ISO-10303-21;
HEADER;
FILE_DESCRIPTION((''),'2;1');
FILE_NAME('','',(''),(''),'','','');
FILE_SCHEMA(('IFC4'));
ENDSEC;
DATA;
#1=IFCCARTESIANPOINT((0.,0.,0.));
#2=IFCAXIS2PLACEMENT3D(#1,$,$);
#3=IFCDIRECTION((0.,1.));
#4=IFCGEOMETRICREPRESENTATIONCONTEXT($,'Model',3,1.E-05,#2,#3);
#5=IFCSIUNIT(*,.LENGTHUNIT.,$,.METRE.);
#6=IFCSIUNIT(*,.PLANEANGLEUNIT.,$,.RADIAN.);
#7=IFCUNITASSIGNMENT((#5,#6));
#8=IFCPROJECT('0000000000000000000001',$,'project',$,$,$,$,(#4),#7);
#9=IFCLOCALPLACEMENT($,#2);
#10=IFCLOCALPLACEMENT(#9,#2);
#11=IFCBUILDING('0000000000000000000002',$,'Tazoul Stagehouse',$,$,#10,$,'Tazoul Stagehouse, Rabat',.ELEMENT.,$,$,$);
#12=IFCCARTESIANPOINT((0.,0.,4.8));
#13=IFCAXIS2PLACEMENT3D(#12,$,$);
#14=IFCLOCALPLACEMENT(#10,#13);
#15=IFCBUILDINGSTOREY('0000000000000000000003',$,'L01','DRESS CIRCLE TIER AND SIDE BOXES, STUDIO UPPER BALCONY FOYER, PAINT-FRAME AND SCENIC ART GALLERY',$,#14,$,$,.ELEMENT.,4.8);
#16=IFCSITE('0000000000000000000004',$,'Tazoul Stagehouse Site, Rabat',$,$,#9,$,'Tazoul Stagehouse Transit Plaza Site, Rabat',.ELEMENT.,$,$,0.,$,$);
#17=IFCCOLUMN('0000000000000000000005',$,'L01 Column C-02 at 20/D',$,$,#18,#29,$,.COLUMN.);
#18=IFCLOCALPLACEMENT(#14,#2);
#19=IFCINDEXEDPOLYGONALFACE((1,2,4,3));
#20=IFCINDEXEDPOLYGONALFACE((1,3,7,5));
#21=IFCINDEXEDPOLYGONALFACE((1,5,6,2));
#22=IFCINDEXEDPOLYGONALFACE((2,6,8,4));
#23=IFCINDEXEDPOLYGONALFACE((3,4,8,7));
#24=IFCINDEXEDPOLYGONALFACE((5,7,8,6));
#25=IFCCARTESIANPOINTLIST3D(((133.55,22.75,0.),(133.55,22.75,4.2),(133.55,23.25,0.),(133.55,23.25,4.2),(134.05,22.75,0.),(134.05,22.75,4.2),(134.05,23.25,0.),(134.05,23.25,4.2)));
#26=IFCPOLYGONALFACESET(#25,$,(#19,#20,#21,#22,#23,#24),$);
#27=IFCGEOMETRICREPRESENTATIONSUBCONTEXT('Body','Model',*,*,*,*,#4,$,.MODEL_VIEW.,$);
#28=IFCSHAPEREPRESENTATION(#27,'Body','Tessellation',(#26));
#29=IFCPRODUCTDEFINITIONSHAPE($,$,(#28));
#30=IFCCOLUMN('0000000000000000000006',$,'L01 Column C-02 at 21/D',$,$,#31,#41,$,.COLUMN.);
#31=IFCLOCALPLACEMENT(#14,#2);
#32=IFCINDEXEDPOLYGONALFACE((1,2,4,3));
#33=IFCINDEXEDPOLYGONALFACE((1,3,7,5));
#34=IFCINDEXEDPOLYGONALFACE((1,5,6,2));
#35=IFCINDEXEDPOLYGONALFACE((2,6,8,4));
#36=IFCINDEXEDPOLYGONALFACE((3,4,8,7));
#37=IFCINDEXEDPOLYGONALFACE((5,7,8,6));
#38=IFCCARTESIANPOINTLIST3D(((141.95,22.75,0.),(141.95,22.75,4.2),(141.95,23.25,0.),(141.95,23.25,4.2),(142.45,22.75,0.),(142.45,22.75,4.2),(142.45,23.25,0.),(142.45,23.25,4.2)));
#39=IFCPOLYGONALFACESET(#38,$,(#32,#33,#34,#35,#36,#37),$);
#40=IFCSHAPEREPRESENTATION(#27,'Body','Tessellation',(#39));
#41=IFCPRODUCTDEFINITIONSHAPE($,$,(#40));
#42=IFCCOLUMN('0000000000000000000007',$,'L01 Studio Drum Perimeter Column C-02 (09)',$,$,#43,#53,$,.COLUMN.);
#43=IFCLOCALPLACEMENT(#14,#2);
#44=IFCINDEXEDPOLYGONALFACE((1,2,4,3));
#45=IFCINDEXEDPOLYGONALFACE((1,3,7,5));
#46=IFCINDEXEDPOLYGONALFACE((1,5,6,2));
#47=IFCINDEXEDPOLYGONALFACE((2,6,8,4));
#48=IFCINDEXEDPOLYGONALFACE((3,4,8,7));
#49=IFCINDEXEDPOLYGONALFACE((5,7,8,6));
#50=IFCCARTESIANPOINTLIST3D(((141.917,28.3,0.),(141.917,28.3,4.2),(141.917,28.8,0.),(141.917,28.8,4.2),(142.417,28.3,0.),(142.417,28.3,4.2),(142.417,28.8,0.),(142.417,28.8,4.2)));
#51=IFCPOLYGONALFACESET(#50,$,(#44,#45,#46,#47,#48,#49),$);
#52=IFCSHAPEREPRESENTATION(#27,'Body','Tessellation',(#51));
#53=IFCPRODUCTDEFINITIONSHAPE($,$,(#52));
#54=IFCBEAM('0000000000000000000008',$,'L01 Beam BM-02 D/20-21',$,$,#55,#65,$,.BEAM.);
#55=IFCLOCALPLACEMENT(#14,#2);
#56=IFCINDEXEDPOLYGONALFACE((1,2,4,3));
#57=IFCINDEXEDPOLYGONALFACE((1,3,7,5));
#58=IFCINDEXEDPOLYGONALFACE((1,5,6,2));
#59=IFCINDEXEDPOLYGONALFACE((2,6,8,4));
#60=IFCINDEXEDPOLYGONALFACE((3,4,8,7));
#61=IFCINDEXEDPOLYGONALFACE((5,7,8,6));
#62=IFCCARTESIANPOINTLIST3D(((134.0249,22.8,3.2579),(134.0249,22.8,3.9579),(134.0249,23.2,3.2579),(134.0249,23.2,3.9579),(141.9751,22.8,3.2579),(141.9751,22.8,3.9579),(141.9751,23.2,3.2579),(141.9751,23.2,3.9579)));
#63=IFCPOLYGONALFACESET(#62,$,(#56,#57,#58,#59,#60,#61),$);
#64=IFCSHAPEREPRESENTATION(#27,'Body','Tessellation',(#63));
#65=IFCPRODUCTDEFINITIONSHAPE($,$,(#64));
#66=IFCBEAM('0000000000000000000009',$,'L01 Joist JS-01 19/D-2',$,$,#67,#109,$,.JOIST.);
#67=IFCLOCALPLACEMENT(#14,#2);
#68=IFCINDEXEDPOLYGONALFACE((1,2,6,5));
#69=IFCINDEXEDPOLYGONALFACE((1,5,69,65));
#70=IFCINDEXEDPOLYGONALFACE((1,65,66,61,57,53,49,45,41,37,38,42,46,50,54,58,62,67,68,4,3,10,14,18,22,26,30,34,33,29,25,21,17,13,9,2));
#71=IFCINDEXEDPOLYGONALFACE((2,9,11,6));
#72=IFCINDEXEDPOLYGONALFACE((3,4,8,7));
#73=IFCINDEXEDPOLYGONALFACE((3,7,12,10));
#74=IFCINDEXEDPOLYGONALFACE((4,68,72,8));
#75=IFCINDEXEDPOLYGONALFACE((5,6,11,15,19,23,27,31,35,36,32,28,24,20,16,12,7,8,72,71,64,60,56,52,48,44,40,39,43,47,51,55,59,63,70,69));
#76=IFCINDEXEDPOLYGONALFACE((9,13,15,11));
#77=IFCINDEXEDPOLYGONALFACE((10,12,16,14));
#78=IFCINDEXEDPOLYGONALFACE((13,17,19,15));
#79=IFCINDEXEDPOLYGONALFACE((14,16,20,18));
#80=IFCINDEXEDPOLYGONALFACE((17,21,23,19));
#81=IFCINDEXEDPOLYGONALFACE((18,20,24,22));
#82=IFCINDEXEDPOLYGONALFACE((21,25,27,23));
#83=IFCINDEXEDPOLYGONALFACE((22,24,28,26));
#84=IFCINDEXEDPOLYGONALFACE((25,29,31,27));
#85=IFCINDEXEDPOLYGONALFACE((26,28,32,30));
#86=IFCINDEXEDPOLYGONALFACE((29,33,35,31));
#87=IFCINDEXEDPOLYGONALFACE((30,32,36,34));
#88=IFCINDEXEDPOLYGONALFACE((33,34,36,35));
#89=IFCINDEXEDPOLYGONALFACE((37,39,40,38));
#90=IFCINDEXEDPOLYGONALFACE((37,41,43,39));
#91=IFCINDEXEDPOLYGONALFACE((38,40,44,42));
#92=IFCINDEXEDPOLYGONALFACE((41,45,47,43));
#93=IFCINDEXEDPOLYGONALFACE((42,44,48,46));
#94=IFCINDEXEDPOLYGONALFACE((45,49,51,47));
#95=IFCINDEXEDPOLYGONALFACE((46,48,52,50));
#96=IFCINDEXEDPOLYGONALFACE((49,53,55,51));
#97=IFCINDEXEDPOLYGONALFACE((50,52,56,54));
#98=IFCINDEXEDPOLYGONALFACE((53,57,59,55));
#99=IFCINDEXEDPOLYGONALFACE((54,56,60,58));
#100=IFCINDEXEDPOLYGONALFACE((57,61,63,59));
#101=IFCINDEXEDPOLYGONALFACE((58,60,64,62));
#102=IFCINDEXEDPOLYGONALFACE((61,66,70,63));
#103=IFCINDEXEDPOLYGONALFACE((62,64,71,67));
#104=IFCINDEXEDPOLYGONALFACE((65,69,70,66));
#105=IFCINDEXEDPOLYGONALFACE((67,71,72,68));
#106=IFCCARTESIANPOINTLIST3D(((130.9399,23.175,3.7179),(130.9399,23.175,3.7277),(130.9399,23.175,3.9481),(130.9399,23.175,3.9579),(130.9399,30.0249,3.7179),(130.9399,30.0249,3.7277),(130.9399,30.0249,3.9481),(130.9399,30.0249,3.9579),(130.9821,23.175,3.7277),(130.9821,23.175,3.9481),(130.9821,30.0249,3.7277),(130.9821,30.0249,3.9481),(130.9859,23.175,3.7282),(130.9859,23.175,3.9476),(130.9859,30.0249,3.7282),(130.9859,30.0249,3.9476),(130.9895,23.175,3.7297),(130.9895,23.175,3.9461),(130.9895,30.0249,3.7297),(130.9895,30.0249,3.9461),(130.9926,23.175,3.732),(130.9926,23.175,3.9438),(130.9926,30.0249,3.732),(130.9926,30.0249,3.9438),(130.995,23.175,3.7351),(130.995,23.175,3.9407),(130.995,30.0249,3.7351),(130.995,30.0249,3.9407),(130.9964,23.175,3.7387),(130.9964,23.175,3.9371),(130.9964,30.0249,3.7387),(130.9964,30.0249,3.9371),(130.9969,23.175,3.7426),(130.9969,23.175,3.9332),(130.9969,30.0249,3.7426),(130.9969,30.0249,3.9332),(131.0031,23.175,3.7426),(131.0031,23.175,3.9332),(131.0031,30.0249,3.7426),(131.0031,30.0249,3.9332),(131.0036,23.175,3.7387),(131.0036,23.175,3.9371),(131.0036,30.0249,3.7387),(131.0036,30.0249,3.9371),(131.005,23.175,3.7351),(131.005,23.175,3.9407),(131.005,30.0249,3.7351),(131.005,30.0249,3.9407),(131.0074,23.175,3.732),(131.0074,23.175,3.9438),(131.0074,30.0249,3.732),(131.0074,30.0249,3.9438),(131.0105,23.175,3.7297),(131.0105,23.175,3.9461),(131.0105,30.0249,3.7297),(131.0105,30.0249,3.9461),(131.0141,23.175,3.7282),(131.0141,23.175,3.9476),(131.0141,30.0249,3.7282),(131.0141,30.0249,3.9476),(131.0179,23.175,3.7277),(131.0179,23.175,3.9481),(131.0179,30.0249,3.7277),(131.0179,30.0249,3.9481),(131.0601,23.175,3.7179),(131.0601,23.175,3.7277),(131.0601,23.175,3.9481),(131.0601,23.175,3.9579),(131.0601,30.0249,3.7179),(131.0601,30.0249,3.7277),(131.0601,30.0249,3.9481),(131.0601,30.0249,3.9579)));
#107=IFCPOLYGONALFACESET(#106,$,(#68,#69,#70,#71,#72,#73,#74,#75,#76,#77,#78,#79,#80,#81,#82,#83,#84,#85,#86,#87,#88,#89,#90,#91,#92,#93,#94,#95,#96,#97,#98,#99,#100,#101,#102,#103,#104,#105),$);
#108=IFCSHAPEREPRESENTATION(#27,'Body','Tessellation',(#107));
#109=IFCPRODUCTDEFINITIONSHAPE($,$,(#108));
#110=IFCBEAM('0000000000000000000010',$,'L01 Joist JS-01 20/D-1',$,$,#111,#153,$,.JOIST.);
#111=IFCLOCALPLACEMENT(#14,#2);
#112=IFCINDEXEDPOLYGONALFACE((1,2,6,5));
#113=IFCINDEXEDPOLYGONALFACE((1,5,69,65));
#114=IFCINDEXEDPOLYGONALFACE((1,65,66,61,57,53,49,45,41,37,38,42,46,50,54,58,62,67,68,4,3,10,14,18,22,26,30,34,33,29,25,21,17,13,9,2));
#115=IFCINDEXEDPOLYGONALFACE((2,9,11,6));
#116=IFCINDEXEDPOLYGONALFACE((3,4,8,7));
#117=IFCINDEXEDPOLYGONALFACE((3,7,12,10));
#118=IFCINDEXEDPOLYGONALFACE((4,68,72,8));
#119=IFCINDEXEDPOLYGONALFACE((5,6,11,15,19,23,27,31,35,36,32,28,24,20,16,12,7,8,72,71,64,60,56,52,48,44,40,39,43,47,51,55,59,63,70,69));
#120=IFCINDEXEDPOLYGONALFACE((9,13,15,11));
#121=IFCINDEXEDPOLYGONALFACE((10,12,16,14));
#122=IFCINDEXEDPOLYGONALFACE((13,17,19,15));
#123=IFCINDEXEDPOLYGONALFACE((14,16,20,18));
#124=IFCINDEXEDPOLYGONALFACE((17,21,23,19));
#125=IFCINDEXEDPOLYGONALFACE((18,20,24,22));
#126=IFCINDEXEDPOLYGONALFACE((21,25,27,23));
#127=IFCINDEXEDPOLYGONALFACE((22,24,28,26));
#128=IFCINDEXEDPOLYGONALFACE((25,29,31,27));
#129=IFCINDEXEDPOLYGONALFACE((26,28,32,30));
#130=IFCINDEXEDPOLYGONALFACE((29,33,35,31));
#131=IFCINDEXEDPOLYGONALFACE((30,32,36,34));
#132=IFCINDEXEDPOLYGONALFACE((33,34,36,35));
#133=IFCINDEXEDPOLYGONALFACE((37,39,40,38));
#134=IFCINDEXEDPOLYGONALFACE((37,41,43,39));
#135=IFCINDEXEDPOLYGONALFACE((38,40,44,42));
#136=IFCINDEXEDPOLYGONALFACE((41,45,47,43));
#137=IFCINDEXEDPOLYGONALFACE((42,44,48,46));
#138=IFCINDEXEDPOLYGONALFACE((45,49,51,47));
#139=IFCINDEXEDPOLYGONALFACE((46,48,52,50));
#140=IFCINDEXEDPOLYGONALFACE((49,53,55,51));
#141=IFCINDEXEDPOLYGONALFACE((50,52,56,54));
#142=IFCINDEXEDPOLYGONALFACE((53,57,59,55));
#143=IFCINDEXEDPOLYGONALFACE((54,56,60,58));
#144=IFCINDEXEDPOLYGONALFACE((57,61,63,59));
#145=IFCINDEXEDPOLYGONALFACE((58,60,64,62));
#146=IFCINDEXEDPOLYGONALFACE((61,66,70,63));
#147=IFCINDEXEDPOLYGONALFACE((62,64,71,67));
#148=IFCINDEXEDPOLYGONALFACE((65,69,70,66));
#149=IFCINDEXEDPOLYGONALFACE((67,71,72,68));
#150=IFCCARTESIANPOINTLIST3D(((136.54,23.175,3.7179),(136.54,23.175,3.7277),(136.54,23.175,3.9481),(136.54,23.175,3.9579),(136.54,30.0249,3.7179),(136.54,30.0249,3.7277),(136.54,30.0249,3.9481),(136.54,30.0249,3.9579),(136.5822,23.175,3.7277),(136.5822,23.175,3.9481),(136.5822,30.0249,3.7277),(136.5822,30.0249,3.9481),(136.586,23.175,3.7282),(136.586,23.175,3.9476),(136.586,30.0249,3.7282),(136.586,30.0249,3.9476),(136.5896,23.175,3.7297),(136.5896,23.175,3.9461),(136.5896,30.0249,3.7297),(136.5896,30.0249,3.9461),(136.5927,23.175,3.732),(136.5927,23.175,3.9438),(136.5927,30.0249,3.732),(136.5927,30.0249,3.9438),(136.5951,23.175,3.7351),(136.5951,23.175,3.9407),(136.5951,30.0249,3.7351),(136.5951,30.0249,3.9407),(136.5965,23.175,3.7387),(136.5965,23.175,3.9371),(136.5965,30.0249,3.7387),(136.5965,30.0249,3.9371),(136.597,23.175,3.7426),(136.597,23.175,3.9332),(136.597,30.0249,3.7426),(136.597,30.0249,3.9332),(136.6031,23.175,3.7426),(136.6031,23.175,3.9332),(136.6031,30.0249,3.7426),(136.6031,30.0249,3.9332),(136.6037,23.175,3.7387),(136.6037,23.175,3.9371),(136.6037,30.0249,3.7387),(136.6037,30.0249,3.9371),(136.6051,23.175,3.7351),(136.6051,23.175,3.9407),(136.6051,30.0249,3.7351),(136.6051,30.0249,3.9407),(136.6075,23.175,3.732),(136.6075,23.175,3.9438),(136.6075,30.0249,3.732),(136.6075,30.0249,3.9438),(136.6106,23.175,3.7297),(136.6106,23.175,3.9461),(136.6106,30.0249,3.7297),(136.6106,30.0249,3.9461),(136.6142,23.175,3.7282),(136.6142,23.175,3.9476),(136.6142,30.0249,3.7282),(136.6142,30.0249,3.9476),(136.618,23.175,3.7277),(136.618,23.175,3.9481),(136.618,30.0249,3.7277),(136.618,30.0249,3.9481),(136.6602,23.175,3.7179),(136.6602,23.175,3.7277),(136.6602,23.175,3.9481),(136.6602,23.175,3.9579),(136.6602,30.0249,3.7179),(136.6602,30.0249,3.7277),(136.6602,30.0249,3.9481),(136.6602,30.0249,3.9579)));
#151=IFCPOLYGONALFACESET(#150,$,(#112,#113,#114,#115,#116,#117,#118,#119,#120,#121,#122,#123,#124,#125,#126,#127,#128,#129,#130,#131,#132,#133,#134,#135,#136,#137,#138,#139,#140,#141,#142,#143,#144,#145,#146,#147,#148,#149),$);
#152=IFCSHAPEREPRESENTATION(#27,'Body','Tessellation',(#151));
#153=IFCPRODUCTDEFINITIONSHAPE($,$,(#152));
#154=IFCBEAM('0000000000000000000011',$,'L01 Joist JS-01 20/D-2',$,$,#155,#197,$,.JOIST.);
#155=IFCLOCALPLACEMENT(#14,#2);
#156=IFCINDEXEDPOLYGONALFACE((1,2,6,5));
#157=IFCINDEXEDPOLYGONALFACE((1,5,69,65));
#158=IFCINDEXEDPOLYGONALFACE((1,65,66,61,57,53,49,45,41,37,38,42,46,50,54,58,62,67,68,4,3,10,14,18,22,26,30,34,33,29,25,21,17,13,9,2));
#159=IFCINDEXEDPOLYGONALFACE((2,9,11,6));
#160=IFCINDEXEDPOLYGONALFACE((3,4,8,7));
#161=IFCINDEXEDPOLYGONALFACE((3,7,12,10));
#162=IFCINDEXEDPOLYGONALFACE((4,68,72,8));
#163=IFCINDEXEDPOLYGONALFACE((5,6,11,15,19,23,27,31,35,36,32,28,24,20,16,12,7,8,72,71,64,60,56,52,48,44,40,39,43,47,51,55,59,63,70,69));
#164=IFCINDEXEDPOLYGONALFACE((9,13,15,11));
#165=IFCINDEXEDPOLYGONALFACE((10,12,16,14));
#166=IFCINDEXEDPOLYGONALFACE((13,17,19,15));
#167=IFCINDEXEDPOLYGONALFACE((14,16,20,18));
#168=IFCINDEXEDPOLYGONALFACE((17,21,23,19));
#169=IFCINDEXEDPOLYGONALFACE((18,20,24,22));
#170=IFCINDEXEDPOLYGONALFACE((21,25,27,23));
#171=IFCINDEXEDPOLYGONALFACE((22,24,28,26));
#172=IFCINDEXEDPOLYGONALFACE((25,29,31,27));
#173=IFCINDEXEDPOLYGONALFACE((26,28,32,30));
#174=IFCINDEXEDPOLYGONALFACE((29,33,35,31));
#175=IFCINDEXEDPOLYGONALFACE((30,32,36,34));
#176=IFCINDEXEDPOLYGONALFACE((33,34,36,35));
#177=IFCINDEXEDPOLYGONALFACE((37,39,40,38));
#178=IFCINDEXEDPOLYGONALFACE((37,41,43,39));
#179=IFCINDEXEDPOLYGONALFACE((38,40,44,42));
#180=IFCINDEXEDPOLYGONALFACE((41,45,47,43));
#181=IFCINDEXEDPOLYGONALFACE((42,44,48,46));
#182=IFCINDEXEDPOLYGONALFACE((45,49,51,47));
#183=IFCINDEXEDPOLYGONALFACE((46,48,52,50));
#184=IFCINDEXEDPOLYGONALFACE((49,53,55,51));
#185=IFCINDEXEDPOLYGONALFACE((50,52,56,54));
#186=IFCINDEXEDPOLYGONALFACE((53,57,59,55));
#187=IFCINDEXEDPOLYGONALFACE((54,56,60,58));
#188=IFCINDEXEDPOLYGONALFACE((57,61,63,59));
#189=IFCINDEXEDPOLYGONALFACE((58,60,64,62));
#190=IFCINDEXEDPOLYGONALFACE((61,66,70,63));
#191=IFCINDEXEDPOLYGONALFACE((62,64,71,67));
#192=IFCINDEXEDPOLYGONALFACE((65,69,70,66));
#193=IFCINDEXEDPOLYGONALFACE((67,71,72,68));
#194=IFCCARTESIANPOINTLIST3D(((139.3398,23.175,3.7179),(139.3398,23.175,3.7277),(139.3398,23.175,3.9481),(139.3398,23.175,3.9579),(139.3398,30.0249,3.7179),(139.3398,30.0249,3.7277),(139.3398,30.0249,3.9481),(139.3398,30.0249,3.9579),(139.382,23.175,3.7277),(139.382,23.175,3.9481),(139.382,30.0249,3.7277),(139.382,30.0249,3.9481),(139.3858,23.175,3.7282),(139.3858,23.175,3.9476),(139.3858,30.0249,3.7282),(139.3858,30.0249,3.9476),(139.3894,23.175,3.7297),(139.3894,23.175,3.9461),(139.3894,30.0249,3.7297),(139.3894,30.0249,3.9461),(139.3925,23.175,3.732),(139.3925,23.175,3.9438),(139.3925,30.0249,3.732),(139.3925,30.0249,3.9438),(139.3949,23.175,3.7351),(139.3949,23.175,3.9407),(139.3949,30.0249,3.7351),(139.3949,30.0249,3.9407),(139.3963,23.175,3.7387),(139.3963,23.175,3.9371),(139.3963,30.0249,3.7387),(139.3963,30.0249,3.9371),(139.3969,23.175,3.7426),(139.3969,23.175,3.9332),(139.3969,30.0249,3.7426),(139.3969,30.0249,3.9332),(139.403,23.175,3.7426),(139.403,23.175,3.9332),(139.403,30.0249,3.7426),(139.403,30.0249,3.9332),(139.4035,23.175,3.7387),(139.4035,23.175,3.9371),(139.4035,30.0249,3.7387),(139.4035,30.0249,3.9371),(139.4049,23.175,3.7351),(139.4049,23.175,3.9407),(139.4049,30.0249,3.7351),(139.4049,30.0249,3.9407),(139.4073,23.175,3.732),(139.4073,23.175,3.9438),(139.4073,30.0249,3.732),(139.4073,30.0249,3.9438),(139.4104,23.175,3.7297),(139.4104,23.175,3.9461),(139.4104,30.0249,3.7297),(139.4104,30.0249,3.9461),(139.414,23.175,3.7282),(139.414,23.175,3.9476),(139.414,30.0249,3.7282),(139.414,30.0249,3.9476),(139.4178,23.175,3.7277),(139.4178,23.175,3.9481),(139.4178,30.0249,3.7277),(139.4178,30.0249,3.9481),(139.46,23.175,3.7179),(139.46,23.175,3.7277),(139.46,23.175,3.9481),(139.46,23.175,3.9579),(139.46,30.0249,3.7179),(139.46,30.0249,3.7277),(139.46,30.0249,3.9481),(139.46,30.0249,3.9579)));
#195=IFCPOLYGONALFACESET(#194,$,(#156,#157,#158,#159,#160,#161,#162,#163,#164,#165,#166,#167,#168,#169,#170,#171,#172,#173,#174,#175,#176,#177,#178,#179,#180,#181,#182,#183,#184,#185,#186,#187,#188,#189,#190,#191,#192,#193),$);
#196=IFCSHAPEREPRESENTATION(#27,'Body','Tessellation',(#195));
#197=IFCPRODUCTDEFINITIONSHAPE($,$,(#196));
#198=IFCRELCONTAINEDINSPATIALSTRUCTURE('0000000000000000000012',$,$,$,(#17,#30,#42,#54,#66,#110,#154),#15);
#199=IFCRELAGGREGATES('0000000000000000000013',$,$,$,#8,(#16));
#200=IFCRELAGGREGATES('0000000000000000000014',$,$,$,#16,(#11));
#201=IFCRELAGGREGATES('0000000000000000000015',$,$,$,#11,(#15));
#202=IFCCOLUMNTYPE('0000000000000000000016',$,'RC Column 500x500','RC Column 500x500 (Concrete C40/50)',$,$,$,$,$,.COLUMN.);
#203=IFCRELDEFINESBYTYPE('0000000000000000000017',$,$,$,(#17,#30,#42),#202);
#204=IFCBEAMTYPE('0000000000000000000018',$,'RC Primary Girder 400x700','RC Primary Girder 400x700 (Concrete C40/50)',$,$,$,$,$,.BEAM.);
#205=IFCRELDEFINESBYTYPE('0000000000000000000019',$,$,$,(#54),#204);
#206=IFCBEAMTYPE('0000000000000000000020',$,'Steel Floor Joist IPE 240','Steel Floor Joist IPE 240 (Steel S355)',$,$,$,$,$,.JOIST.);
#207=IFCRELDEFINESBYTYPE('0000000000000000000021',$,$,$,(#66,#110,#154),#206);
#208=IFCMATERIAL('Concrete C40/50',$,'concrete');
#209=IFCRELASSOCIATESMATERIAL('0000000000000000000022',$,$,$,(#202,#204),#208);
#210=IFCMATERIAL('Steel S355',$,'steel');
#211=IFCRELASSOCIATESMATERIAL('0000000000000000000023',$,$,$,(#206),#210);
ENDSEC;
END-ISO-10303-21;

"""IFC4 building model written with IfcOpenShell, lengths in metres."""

from ifc_helpers import new_model, si_unit, direction, frame, origin, origin_2d, place, context, subcontext, project, spatial, rectangle, i_section, extrude, material, material_profile, profile_set, type_object, element, save


model = new_model("IFC4")

# Units and contexts
model_context = context("Model", 3, precision=1e-05, world=origin(), true_north=direction((0.0, 1.0)))
body_context = subcontext(model_context, "Body", "Model", "MODEL_VIEW")
ifc_project = project(units=[si_unit("LENGTHUNIT", "METRE"), si_unit("PLANEANGLEUNIT", "RADIAN")], contexts=[model_context])

# Site, building, storey
site_placement = place(None, origin())
site = spatial("IfcSite", under=ifc_project, at=site_placement, Name="Tazoul Stagehouse Site, Rabat", LongName="Tazoul Stagehouse Transit Plaza Site, Rabat", CompositionType="ELEMENT", RefElevation=0.0)
building_placement = place(site_placement, origin())
building = spatial("IfcBuilding", under=site, at=building_placement, Name="Tazoul Stagehouse", LongName="Tazoul Stagehouse, Rabat", CompositionType="ELEMENT")
storey_placement = place(building_placement, frame((0.0, 0.0, 4.8)))
storey = spatial("IfcBuildingStorey", under=building, at=storey_placement, Name="L01", Description="DRESS CIRCLE TIER AND SIDE BOXES, STUDIO UPPER BALCONY FOYER, PAINT-FRAME AND SCENIC ART GALLERY", CompositionType="ELEMENT", Elevation=4.8)

# Columns
ifc_material_1 = material(Name="Concrete C40/50", Category="concrete")
ifc_material_profile_1 = material_profile(ifc_material_1, rectangle(XDim=0.5, YDim=0.5, at=origin_2d()), Name="RC 500x500")
ifc_profile_set_1 = profile_set([ifc_material_profile_1], Name="Concrete C40/50")
column_type = type_object("IfcColumnType", Name="RC Column 500x500", Description="RC Column 500x500 (Concrete C40/50)", PredefinedType="COLUMN", material=ifc_profile_set_1)
for number, where, z_axis, x_axis, name in (
    (1, (133.8, 23.0, 0.0), (0.0, 0.0, 1.0), (1.0, 0.0, 0.0), "L01 Column C-02 at 20/D"),
    (2, (142.2, 23.0, 0.0), (0.0, 0.0, 1.0), (1.0, 0.0, 0.0), "L01 Column C-02 at 21/D"),
    (3, (142.167, 28.55, 0.0), (0.0, 0.0, 1.0), (1.0, 0.0, 0.0), "L01 Studio Drum Perimeter Column C-02 (09)"),
):
    element("IfcColumn", number, at=place(storey_placement, frame(where, z_axis=z_axis, x_axis=x_axis)), inside=storey, type_object=column_type, Name=name, PredefinedType="COLUMN", context=body_context, shape_type="SweptSolid", body=[
        extrude(rectangle(XDim=0.5, YDim=0.5, at=origin_2d()), origin(), (0.0, 0.0, 1.0), 4.2),
    ])

# Beams
ifc_material_profile_2 = material_profile(ifc_material_1, rectangle(XDim=0.3999, YDim=0.7, at=origin_2d()), Name="RC 400x700")
ifc_profile_set_2 = profile_set([ifc_material_profile_2], Name="Concrete C40/50")
beam_type_1 = type_object("IfcBeamType", Name="RC Primary Girder 400x700", Description="RC Primary Girder 400x700 (Concrete C40/50)", PredefinedType="BEAM", material=ifc_profile_set_2)
beam_placement = place(storey_placement, frame((134.0249, 23.0, 3.6079), z_axis=(1.0, 0.0, 0.0), x_axis=(0.0, 1.0, 0.0)))
element("IfcBeam", 4, at=beam_placement, inside=storey, type_object=beam_type_1, Name="L01 Beam BM-02 D/20-21", PredefinedType="BEAM", context=body_context, shape_type="SweptSolid", body=[
    extrude(rectangle(XDim=0.3999, YDim=0.7, at=origin_2d()), origin(), (0.0, 0.0, 1.0), 7.9502),
])
ifc_material_2 = material(Name="Steel S355", Category="steel")
ifc_material_profile_3 = material_profile(ifc_material_2, i_section(OverallWidth=0.1201, OverallDepth=0.24, WebThickness=0.0061, FlangeThickness=0.0098, FilletRadius=0.0149, at=origin_2d()), Name="IPE 240")
ifc_profile_set_3 = profile_set([ifc_material_profile_3], Name="Steel S355")
beam_type_2 = type_object("IfcBeamType", Name="Steel Floor Joist IPE 240", Description="Steel Floor Joist IPE 240 (Steel S355)", PredefinedType="JOIST", material=ifc_profile_set_3)
for number, where, z_axis, x_axis, name in (
    (5, (131.0, 23.175, 3.8379), (0.0, 1.0, 0.0), (-1.0, 0.0, 0.0), "L01 Joist JS-01 19/D-2"),
    (6, (136.6001, 23.175, 3.8379), (0.0, 1.0, 0.0), (-1.0, 0.0, 0.0), "L01 Joist JS-01 20/D-1"),
    (7, (139.3999, 23.175, 3.8379), (0.0, 1.0, 0.0), (-1.0, 0.0, 0.0), "L01 Joist JS-01 20/D-2"),
):
    element("IfcBeam", number, at=place(storey_placement, frame(where, z_axis=z_axis, x_axis=x_axis)), inside=storey, type_object=beam_type_2, Name=name, PredefinedType="JOIST", context=body_context, shape_type="SweptSolid", body=[
        extrude(i_section(OverallWidth=0.1201, OverallDepth=0.24, WebThickness=0.0061, FlangeThickness=0.0098, FilletRadius=0.0149, at=origin_2d()), origin(), (0.0, 0.0, 1.0), 6.8499),
    ])

save(model, "model.ifc")
